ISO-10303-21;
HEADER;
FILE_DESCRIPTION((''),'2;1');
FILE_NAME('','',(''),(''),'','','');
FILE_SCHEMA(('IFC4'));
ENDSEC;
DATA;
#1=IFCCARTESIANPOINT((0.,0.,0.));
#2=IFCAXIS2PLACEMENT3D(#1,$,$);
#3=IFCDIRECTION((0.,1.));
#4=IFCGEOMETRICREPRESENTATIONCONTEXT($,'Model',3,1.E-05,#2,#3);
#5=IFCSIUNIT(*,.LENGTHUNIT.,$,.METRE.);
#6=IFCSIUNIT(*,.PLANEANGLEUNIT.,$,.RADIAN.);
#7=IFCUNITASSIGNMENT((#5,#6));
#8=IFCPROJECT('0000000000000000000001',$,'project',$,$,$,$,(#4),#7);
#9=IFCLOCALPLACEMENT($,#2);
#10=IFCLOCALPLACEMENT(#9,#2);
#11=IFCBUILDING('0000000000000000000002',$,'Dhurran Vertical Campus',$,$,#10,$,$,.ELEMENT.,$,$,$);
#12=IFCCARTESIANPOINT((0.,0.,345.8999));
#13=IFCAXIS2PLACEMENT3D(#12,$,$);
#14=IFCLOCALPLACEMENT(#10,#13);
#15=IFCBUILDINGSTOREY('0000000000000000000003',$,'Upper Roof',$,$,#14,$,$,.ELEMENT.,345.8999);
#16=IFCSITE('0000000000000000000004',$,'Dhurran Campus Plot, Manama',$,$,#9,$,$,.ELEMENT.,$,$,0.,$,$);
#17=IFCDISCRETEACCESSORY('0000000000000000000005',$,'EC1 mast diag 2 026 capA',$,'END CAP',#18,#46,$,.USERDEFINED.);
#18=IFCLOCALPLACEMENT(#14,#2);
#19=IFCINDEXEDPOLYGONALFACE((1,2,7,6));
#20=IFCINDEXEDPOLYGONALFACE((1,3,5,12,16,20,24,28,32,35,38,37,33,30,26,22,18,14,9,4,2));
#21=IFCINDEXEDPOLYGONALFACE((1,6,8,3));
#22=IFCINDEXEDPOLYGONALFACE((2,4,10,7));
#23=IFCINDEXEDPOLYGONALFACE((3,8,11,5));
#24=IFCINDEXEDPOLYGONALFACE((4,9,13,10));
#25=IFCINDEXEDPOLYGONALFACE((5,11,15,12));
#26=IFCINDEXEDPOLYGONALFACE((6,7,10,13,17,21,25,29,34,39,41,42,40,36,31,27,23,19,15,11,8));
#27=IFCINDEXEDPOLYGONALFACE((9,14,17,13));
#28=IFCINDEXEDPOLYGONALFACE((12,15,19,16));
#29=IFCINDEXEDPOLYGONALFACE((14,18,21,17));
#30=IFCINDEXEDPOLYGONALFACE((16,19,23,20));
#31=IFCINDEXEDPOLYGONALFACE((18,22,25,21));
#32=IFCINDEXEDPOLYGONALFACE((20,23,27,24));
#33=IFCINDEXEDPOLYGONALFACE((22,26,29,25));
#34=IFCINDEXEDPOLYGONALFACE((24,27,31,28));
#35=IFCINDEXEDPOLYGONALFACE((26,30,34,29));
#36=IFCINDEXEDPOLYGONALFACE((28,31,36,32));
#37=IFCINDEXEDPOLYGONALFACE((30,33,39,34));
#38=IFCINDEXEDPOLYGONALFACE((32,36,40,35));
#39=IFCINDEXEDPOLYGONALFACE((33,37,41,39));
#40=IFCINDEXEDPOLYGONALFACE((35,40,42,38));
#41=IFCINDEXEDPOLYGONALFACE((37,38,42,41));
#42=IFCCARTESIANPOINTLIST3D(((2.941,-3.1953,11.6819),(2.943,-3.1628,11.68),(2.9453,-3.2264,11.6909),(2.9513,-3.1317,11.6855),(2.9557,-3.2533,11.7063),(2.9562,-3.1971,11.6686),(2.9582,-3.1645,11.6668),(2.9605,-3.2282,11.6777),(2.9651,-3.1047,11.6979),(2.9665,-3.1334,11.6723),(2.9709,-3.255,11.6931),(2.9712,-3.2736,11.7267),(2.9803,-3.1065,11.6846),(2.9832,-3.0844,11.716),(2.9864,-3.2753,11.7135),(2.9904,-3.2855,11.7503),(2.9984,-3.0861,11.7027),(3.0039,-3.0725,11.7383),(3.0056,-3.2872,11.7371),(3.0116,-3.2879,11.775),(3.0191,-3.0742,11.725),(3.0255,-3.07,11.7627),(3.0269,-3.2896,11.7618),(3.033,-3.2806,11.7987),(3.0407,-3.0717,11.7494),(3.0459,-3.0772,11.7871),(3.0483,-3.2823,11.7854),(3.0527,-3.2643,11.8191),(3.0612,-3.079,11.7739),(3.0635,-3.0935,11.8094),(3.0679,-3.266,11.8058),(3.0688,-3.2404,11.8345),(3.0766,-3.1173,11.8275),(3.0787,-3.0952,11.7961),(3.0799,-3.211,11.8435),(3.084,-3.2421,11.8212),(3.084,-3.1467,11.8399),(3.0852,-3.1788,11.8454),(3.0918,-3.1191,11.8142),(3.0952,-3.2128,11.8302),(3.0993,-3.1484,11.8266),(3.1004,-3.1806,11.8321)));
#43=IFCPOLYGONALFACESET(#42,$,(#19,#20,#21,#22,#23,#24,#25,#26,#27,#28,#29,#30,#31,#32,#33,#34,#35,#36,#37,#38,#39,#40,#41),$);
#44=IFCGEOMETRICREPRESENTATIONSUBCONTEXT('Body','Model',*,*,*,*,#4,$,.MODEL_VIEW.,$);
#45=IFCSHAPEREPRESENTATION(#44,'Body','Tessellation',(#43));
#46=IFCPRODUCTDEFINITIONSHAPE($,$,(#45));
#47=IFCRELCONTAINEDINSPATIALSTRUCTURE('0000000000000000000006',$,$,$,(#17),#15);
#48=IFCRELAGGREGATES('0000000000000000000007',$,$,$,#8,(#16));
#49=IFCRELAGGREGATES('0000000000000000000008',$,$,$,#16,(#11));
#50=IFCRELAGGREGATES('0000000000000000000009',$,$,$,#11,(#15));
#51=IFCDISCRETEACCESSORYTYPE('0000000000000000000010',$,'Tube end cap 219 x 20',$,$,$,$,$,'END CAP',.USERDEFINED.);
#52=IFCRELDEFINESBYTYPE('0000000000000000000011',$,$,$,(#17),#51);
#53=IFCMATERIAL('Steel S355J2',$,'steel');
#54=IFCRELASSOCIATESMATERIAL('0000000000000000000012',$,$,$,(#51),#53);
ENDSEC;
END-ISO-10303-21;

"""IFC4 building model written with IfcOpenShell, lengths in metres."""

from ifc_helpers import new_model, si_unit, direction, frame, origin, origin_2d, place, context, subcontext, project, spatial, circle, extrude, material, material_profile, profile_set, type_object, element, save


model = new_model("IFC4")

# Units and contexts
model_context = context("Model", 3, precision=1e-05, world=origin(), true_north=direction((0.0, 1.0)))
body_context = subcontext(model_context, "Body", "Model", "MODEL_VIEW")
ifc_project = project(units=[si_unit("LENGTHUNIT", "METRE"), si_unit("PLANEANGLEUNIT", "RADIAN")], contexts=[model_context])

# Site, building, storey
site_placement = place(None, origin())
site = spatial("IfcSite", under=ifc_project, at=site_placement, Name="Dhurran Campus Plot, Manama", CompositionType="ELEMENT", RefElevation=0.0)
building_placement = place(site_placement, origin())
building = spatial("IfcBuilding", under=site, at=building_placement, Name="Dhurran Vertical Campus", CompositionType="ELEMENT")
storey_placement = place(building_placement, frame((0.0, 0.0, 345.8999)))
storey = spatial("IfcBuildingStorey", under=building, at=storey_placement, Name="Upper Roof", CompositionType="ELEMENT", Elevation=345.8999)

# Discrete accessory
ifc_material_1 = material(Name="Steel S355J2", Category="steel")
ifc_material_profile_1 = material_profile(ifc_material_1, circle(Radius=0.1096, at=origin_2d()), Name="Tube end cap 219 x 20")
ifc_profile_set_1 = profile_set([ifc_material_profile_1], Name="Steel S355J2")
discrete_accessory_type = type_object("IfcDiscreteAccessoryType", Name="Tube end cap 219 x 20", ElementType="END CAP", PredefinedType="USERDEFINED", material=ifc_profile_set_1)
for number, where, z_axis, x_axis, name in (
    (1, (3.0132, -3.179, 11.7627), (0.751363, -0.084831, -0.654413), (0.11219, 0.993687, 0.0), "EC1 mast diag 2 026 capA"),
):
    element("IfcDiscreteAccessory", number, at=place(storey_placement, frame(where, z_axis=z_axis, x_axis=x_axis)), inside=storey, type_object=discrete_accessory_type, Name=name, ObjectType="END CAP", PredefinedType="USERDEFINED", context=body_context, shape_type="SweptSolid", body=[
        extrude(circle(Radius=0.1096, at=origin_2d()), origin(), (0.0, 0.0, 1.0), 0.0203),
    ])

save(model, "model.ifc")
